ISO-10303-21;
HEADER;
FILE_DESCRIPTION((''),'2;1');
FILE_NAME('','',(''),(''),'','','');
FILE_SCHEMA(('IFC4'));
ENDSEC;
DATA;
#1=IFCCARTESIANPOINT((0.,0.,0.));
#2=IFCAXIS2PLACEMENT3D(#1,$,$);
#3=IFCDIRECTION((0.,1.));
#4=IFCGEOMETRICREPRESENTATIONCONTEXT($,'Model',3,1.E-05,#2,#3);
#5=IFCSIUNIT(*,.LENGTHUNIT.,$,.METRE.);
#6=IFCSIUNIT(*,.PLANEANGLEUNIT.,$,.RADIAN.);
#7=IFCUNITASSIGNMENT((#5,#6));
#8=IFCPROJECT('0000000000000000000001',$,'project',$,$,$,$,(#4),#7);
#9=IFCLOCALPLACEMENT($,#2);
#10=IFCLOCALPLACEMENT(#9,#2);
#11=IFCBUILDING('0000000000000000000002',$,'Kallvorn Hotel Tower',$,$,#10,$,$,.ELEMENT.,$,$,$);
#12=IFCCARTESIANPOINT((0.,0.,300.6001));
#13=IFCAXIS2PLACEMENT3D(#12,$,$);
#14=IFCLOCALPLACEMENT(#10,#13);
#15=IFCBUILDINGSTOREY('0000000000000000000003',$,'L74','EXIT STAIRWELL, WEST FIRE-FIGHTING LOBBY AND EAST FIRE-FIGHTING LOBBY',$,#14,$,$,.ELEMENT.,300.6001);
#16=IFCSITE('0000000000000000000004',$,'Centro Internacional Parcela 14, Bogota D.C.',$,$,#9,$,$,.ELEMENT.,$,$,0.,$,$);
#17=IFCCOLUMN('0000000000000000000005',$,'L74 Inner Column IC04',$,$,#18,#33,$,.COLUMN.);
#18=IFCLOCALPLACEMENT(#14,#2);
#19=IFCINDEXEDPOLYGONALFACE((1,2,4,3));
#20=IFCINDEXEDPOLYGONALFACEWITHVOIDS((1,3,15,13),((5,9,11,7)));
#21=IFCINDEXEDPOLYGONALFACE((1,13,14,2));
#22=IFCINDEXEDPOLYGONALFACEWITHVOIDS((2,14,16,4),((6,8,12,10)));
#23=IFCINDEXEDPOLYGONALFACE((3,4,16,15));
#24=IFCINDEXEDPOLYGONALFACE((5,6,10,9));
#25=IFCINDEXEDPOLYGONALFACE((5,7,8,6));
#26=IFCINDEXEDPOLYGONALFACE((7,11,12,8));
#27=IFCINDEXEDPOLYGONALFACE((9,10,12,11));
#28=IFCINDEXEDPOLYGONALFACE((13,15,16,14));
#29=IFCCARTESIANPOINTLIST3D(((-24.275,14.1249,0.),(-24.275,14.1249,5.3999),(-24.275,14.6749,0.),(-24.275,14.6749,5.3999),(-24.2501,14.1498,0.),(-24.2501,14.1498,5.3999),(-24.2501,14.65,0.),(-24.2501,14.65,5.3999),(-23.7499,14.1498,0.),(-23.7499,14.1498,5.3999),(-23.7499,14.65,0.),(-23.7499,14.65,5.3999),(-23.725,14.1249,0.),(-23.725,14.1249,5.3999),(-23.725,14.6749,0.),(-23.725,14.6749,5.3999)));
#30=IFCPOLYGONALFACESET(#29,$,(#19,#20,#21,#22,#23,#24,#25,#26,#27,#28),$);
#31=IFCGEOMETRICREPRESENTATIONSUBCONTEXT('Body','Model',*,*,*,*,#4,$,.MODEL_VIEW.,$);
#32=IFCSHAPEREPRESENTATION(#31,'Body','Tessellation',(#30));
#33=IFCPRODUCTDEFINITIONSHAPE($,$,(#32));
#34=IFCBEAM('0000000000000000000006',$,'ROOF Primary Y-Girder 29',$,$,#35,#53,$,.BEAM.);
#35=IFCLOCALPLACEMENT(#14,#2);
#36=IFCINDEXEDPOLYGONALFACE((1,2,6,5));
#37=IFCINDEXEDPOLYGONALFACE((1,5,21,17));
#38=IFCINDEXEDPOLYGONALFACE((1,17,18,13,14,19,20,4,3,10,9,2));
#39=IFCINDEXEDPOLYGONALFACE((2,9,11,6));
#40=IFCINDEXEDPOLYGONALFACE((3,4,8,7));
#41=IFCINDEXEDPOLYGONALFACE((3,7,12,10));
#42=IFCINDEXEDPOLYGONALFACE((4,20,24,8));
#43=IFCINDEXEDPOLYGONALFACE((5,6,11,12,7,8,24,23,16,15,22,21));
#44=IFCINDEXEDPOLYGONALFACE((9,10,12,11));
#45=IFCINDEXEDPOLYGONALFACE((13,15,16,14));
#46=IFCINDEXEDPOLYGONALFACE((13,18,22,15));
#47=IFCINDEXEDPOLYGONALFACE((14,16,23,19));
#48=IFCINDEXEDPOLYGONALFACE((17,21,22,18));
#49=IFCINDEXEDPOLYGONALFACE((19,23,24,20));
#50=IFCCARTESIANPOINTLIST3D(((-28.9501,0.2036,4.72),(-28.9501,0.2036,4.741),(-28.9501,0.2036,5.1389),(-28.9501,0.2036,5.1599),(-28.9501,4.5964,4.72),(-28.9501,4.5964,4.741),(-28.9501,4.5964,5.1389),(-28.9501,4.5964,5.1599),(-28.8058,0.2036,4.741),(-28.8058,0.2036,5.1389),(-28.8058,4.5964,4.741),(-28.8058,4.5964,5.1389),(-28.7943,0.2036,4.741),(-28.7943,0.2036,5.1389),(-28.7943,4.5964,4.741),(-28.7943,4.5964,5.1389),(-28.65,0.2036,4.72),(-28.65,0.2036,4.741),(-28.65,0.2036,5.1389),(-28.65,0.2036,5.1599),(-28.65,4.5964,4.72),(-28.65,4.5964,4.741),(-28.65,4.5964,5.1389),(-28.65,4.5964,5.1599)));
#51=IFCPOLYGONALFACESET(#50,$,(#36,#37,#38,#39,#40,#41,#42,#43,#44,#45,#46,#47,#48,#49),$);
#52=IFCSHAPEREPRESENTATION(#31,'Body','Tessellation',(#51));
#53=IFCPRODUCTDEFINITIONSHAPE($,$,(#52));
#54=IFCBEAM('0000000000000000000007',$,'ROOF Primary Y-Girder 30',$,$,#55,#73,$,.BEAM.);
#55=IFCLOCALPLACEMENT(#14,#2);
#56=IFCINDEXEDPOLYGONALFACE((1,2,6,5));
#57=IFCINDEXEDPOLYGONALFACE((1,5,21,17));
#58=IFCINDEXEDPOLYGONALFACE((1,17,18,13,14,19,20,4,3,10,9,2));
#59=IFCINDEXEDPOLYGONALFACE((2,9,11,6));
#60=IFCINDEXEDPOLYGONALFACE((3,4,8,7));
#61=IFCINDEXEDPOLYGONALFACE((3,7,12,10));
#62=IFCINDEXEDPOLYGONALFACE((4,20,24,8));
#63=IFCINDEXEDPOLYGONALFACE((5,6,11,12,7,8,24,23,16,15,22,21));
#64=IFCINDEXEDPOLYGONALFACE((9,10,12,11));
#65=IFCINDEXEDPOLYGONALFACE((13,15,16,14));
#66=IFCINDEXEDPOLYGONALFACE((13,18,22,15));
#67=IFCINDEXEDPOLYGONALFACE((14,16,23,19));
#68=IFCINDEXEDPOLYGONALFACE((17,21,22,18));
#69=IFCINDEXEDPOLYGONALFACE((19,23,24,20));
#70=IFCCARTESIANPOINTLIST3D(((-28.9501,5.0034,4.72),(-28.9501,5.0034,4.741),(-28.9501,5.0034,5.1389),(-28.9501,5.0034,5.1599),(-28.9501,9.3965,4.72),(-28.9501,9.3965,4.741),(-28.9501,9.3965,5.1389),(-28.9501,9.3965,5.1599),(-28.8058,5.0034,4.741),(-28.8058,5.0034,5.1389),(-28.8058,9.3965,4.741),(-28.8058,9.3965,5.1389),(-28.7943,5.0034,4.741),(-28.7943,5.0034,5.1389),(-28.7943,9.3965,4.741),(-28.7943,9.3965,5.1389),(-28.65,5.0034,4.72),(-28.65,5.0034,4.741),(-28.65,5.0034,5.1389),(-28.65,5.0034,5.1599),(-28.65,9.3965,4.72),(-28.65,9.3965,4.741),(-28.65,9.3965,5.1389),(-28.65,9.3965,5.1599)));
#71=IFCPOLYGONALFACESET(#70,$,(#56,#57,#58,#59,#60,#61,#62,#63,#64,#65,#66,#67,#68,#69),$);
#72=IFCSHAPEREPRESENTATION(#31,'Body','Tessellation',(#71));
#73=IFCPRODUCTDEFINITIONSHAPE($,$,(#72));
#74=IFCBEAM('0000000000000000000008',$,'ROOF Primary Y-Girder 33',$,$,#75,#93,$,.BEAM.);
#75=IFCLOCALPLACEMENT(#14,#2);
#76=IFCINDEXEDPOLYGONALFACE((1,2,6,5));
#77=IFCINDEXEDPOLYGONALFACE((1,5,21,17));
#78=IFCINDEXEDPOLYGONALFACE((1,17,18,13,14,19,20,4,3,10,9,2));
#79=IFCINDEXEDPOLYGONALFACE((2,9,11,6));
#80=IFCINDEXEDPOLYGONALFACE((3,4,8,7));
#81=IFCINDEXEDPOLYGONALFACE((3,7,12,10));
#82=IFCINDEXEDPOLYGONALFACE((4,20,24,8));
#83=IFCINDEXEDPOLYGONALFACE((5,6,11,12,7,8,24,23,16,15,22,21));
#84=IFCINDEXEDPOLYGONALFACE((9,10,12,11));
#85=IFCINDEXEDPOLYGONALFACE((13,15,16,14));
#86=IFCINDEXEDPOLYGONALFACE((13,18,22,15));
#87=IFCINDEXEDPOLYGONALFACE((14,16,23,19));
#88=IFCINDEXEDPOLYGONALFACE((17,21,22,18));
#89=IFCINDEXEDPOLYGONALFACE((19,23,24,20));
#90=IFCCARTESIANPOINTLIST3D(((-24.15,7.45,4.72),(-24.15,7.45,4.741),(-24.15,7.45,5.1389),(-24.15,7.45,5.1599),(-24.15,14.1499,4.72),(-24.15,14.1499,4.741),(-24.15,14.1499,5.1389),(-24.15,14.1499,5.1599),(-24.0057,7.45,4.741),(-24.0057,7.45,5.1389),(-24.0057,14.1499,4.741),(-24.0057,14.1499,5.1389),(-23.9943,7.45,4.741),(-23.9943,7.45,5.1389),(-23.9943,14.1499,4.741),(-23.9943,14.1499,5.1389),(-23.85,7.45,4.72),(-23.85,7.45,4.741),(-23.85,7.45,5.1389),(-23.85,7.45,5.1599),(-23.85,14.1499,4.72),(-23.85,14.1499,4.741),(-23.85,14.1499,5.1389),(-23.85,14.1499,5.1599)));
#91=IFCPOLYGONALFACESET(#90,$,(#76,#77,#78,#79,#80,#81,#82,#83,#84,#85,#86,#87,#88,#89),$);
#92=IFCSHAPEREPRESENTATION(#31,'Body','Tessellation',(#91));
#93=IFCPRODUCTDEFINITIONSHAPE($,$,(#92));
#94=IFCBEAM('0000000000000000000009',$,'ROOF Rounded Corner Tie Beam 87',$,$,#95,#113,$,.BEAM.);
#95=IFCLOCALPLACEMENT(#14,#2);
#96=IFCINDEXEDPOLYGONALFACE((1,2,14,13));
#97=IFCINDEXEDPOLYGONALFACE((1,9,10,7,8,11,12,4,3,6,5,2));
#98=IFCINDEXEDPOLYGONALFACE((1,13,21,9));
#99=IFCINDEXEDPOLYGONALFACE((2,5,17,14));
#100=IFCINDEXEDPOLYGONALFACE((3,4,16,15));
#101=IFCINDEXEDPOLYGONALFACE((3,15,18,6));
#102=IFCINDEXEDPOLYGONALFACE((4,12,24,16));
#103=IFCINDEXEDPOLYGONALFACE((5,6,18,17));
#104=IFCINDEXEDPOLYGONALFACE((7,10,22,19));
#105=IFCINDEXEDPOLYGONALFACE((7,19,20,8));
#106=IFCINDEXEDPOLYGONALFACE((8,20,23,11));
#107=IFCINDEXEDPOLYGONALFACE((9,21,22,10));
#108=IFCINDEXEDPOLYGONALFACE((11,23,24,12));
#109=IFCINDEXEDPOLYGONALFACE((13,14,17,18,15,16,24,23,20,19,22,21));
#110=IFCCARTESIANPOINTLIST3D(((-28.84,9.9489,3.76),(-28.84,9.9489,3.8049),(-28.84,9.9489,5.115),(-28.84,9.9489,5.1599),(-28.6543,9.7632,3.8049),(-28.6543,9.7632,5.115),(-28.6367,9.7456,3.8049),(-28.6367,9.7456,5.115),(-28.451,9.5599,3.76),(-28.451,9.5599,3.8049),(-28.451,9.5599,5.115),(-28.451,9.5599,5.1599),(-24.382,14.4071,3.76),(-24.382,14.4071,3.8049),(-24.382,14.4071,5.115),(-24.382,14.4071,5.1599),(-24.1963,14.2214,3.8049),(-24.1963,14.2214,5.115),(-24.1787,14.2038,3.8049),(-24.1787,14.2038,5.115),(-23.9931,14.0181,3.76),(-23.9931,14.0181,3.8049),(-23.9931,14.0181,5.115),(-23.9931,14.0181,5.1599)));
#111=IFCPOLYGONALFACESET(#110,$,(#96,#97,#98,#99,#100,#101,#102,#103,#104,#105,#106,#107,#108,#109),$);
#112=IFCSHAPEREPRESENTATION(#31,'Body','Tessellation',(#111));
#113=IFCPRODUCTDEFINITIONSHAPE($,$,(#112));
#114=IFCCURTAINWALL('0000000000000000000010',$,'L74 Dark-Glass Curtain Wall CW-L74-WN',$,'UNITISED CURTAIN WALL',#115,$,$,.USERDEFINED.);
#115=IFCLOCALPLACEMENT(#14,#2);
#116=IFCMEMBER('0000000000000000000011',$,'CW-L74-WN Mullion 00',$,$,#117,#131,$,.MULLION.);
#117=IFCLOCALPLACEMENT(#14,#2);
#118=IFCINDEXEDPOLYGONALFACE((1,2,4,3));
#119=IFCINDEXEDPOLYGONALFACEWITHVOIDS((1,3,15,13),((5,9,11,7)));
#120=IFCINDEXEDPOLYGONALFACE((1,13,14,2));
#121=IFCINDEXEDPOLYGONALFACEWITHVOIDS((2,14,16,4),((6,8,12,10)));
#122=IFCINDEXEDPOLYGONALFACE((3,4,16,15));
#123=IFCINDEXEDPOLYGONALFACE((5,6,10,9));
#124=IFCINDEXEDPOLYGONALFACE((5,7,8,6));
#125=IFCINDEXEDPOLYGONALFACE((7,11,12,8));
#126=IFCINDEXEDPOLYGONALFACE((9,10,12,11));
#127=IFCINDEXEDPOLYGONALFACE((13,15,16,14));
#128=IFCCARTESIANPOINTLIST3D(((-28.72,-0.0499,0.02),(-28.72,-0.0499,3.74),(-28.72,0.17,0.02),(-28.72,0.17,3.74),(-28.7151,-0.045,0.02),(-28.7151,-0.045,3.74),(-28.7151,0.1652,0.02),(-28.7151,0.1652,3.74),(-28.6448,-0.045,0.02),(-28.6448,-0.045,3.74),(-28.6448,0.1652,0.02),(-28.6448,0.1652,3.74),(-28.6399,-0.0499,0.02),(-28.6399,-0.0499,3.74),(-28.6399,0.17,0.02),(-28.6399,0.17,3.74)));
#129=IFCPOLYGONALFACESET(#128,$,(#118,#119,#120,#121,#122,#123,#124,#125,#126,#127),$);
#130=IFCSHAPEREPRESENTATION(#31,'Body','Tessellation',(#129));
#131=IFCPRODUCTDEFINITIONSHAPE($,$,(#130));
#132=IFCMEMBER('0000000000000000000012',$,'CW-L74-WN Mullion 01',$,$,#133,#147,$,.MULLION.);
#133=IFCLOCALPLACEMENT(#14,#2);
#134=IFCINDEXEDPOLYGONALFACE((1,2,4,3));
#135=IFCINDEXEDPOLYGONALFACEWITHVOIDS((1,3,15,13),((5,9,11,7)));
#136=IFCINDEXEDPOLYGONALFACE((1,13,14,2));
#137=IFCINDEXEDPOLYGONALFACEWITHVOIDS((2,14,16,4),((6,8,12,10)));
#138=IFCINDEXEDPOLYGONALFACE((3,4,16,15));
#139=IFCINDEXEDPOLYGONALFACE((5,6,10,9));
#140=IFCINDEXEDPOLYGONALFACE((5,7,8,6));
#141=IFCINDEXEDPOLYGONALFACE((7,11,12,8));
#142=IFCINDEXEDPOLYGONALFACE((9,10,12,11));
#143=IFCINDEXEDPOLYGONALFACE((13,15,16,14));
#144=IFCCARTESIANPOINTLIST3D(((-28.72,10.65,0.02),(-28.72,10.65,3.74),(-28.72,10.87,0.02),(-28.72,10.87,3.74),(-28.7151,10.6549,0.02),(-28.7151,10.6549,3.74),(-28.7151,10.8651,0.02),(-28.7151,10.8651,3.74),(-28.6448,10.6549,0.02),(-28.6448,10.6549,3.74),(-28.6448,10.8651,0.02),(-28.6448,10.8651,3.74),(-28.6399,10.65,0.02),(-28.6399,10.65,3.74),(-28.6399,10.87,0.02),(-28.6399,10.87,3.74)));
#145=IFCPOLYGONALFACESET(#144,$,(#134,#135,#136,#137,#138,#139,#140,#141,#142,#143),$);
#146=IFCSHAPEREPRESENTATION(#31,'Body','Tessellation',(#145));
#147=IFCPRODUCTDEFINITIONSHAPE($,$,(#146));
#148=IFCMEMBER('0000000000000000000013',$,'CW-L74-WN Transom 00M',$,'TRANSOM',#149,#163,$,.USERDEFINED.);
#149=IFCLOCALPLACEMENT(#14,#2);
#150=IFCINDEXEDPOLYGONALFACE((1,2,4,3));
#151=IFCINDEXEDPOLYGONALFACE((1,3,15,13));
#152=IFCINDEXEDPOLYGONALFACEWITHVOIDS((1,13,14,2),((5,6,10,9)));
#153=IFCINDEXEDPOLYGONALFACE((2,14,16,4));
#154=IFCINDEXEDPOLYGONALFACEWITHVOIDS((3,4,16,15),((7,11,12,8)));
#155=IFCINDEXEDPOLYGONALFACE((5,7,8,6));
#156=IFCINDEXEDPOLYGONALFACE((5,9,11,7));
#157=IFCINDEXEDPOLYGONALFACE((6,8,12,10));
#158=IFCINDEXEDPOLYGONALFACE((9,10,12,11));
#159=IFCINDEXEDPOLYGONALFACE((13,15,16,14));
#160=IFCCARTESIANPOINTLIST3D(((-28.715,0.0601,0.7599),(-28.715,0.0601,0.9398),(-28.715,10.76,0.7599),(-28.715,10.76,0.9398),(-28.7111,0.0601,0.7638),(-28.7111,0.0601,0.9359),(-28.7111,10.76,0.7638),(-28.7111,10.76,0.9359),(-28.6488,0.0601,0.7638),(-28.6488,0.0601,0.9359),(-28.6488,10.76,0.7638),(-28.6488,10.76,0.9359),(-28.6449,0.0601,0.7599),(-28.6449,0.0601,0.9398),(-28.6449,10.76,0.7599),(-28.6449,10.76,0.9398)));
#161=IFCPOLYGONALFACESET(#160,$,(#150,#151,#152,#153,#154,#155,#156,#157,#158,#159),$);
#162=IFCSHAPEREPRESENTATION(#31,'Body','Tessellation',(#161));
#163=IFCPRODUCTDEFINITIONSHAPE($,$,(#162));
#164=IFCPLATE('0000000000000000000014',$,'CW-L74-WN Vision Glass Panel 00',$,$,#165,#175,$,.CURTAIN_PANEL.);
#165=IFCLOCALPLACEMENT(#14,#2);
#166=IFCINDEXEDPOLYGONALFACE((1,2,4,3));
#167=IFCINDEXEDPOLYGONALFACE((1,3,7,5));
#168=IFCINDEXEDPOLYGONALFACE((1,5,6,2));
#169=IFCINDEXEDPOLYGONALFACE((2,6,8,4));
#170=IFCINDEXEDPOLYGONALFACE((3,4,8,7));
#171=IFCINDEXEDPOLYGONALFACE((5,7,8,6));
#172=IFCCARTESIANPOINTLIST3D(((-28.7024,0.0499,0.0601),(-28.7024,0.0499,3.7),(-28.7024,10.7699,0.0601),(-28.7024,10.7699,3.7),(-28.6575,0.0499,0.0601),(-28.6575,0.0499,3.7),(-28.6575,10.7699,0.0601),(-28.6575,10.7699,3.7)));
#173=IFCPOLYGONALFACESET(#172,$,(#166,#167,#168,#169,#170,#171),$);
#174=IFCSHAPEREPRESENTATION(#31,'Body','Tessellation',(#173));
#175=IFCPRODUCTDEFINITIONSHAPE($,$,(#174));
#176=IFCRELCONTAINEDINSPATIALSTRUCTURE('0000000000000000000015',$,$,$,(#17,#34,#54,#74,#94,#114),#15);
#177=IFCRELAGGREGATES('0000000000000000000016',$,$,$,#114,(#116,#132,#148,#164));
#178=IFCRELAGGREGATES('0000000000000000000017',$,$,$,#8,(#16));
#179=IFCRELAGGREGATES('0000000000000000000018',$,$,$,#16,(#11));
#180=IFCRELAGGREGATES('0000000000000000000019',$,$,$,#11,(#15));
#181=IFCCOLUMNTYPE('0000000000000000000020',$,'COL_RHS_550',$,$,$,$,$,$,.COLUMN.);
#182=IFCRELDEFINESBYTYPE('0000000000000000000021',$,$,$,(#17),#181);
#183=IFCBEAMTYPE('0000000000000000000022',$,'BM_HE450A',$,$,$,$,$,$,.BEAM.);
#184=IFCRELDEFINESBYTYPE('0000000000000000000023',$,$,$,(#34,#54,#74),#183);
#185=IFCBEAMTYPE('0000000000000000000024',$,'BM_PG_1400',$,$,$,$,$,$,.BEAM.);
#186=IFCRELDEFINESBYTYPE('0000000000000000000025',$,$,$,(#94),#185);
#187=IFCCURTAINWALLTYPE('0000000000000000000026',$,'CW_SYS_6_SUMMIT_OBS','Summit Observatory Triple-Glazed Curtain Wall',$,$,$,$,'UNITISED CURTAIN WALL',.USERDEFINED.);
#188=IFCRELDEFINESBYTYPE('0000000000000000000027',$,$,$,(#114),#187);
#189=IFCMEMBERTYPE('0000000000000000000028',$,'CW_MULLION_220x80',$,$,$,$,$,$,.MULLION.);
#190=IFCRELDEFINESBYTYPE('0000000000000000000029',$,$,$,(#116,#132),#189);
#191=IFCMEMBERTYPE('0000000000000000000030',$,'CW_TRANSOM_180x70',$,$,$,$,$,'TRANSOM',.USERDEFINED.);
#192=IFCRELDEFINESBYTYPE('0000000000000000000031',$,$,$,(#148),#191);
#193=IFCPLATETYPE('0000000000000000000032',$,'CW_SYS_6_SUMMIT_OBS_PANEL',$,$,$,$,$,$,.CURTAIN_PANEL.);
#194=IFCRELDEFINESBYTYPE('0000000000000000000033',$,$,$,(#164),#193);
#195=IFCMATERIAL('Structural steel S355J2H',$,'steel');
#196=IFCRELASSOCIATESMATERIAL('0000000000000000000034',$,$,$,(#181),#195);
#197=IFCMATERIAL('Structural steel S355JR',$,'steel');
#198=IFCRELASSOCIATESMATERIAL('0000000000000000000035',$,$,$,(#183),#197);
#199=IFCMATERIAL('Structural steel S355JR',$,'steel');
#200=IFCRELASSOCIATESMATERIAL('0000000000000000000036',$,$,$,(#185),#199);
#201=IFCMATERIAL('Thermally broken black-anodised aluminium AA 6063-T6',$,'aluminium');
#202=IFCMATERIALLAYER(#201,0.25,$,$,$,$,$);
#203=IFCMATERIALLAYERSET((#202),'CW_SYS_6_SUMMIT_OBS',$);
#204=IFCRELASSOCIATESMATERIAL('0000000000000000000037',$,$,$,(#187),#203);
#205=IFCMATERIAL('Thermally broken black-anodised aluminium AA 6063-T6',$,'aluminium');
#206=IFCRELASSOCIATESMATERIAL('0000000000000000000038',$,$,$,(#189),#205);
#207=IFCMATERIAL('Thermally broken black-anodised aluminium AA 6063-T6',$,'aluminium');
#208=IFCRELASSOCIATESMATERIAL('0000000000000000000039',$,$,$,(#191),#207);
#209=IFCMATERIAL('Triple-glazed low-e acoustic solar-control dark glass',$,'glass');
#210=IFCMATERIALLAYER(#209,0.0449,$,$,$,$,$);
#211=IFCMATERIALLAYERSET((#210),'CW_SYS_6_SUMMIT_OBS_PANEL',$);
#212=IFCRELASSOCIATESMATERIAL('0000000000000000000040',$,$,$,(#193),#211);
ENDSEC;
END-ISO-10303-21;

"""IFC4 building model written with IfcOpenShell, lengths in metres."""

from ifc_helpers import new_model, si_unit, direction, frame, origin, origin_2d, place, context, subcontext, project, spatial, rectangle, hollow_rectangle, i_section, extrude, material, layer, layer_set, material_profile, profile_set, type_object, element, aggregate, save


model = new_model("IFC4")

# Units and contexts
model_context = context("Model", 3, precision=1e-05, world=origin(), true_north=direction((0.0, 1.0)))
body_context = subcontext(model_context, "Body", "Model", "MODEL_VIEW")
ifc_project = project(units=[si_unit("LENGTHUNIT", "METRE"), si_unit("PLANEANGLEUNIT", "RADIAN")], contexts=[model_context])

# Site, building, storey
site_placement = place(None, origin())
site = spatial("IfcSite", under=ifc_project, at=site_placement, Name="Centro Internacional Parcela 14, Bogota D.C.", CompositionType="ELEMENT", RefElevation=0.0)
building_placement = place(site_placement, origin())
building = spatial("IfcBuilding", under=site, at=building_placement, Name="Kallvorn Hotel Tower", CompositionType="ELEMENT")
storey_placement = place(building_placement, frame((0.0, 0.0, 300.6001)))
storey = spatial("IfcBuildingStorey", under=building, at=storey_placement, Name="L74", Description="EXIT STAIRWELL, WEST FIRE-FIGHTING LOBBY AND EAST FIRE-FIGHTING LOBBY", CompositionType="ELEMENT", Elevation=300.6001)

# Column
ifc_material_1 = material(Name="Structural steel S355J2H", Category="steel")
ifc_material_profile_1 = material_profile(ifc_material_1, hollow_rectangle(XDim=0.55, YDim=0.55, WallThickness=0.0249, at=origin_2d()), Name="RHS 550x550x25")
ifc_profile_set_1 = profile_set([ifc_material_profile_1], Name="Structural steel S355J2H")
column_type_1 = type_object("IfcColumnType", Name="COL_RHS_550", PredefinedType="COLUMN", material=ifc_profile_set_1)
for number, where, z_axis, x_axis, name in (
    (1, (-24.0, 14.3999, 0.0), (0.0, 0.0, 1.0), (1.0, 0.0, 0.0), "L74 Inner Column IC04"),
):
    element("IfcColumn", number, at=place(storey_placement, frame(where, z_axis=z_axis, x_axis=x_axis)), inside=storey, type_object=column_type_1, Name=name, PredefinedType="COLUMN", context=body_context, shape_type="SweptSolid", body=[
        extrude(hollow_rectangle(XDim=0.55, YDim=0.55, WallThickness=0.0249, at=origin_2d()), origin(), (0.0, 0.0, 1.0), 5.3999),
    ])

# Beams
ifc_material_2 = material(Name="Structural steel S355JR", Category="steel")
ifc_material_profile_2 = material_profile(ifc_material_2, i_section(OverallWidth=0.3, OverallDepth=0.4399, WebThickness=0.0115, FlangeThickness=0.021, at=origin_2d()), Name="HE 450 A")
ifc_profile_set_2 = profile_set([ifc_material_profile_2], Name="Structural steel S355JR")
beam_type_1 = type_object("IfcBeamType", Name="BM_HE450A", PredefinedType="BEAM", material=ifc_profile_set_2)
beam_1_placement = place(storey_placement, frame((-28.8, 0.2036, 4.9399), z_axis=(0.0, 1.0, 0.0), x_axis=(-1.0, 0.0, 0.0)))
element("IfcBeam", 2, at=beam_1_placement, inside=storey, type_object=beam_type_1, Name="ROOF Primary Y-Girder 29", PredefinedType="BEAM", context=body_context, shape_type="SweptSolid", body=[
    extrude(i_section(OverallWidth=0.3, OverallDepth=0.4399, WebThickness=0.0115, FlangeThickness=0.021, at=origin_2d()), origin(), (0.0, 0.0, 1.0), 4.3928),
])
beam_2_placement = place(storey_placement, frame((-28.8, 5.0034, 4.9399), z_axis=(0.0, 1.0, 0.0), x_axis=(-1.0, 0.0, 0.0)))
element("IfcBeam", 3, at=beam_2_placement, inside=storey, type_object=beam_type_1, Name="ROOF Primary Y-Girder 30", PredefinedType="BEAM", context=body_context, shape_type="SweptSolid", body=[
    extrude(i_section(OverallWidth=0.3, OverallDepth=0.4399, WebThickness=0.0115, FlangeThickness=0.021, at=origin_2d()), origin(), (0.0, 0.0, 1.0), 4.3931),
])
beam_3_placement = place(storey_placement, frame((-24.0, 7.45, 4.9399), z_axis=(0.0, 1.0, 0.0), x_axis=(-1.0, 0.0, 0.0)))
element("IfcBeam", 4, at=beam_3_placement, inside=storey, type_object=beam_type_1, Name="ROOF Primary Y-Girder 33", PredefinedType="BEAM", context=body_context, shape_type="SweptSolid", body=[
    extrude(i_section(OverallWidth=0.3, OverallDepth=0.4399, WebThickness=0.0115, FlangeThickness=0.021, at=origin_2d()), origin(), (0.0, 0.0, 1.0), 6.7),
])
ifc_material_3 = material(Name="Structural steel S355JR", Category="steel")
ifc_material_profile_3 = material_profile(ifc_material_3, i_section(OverallWidth=0.55, OverallDepth=1.3999, WebThickness=0.0249, FlangeThickness=0.0449, at=origin_2d()), Name="PG 1400x550x25x45")
ifc_profile_set_3 = profile_set([ifc_material_profile_3], Name="Structural steel S355JR")
beam_type_2 = type_object("IfcBeamType", Name="BM_PG_1400", PredefinedType="BEAM", material=ifc_profile_set_3)
beam_4_placement = place(storey_placement, frame((-28.6455, 9.7544, 4.46), z_axis=(0.707087, 0.707126, 0.0), x_axis=(-0.707126, 0.707087, 0.0)))
element("IfcBeam", 5, at=beam_4_placement, inside=storey, type_object=beam_type_2, Name="ROOF Rounded Corner Tie Beam 87", PredefinedType="BEAM", context=body_context, shape_type="SweptSolid", body=[
    extrude(i_section(OverallWidth=0.55, OverallDepth=1.3999, WebThickness=0.0249, FlangeThickness=0.0449, at=origin_2d()), origin(), (0.0, 0.0, 1.0), 6.3047),
])

# Curtain wall, members, plate
ifc_material_4 = material(Name="Thermally broken black-anodised aluminium AA 6063-T6", Category="aluminium")
ifc_layer_1 = layer(ifc_material_4, 0.25)
ifc_layer_set_1 = layer_set([ifc_layer_1], Name="CW_SYS_6_SUMMIT_OBS")
curtain_wall_type = type_object("IfcCurtainWallType", Name="CW_SYS_6_SUMMIT_OBS", Description="Summit Observatory Triple-Glazed Curtain Wall", ElementType="UNITISED CURTAIN WALL", PredefinedType="USERDEFINED", material=ifc_layer_set_1)
curtain_wall_placement = place(storey_placement, origin())
curtain_wall = element("IfcCurtainWall", 6, at=curtain_wall_placement, inside=storey, type_object=curtain_wall_type, Name="L74 Dark-Glass Curtain Wall CW-L74-WN", ObjectType="UNITISED CURTAIN WALL", PredefinedType="USERDEFINED")
ifc_material_5 = material(Name="Thermally broken black-anodised aluminium AA 6063-T6", Category="aluminium")
ifc_material_profile_4 = material_profile(ifc_material_5, hollow_rectangle(XDim=0.0801, YDim=0.22, WallThickness=0.0049, at=origin_2d()), Name="MUL 220x80")
ifc_profile_set_4 = profile_set([ifc_material_profile_4], Name="Thermally broken black-anodised aluminium AA 6063-T6")
member_type_1 = type_object("IfcMemberType", Name="CW_MULLION_220x80", PredefinedType="MULLION", material=ifc_profile_set_4)
member_1_placement = place(storey_placement, frame((-28.6799, 0.0601, 0.02), z_axis=(0.0, 0.0, 1.0), x_axis=(1.0, 0.0, 0.0)))
member_1 = element("IfcMember", 7, at=member_1_placement, type_object=member_type_1, Name="CW-L74-WN Mullion 00", PredefinedType="MULLION", context=body_context, shape_type="SweptSolid", body=[
    extrude(hollow_rectangle(XDim=0.0801, YDim=0.22, WallThickness=0.0049, at=origin_2d()), origin(), (0.0, 0.0, 1.0), 3.72),
])
member_2_placement = place(storey_placement, frame((-28.6799, 10.76, 0.02), z_axis=(0.0, 0.0, 1.0), x_axis=(1.0, 0.0, 0.0)))
member_2 = element("IfcMember", 8, at=member_2_placement, type_object=member_type_1, Name="CW-L74-WN Mullion 01", PredefinedType="MULLION", context=body_context, shape_type="SweptSolid", body=[
    extrude(hollow_rectangle(XDim=0.0801, YDim=0.22, WallThickness=0.0049, at=origin_2d()), origin(), (0.0, 0.0, 1.0), 3.72),
])
ifc_material_6 = material(Name="Thermally broken black-anodised aluminium AA 6063-T6", Category="aluminium")
ifc_material_profile_5 = material_profile(ifc_material_6, hollow_rectangle(XDim=0.0701, YDim=0.1799, WallThickness=0.0039, at=origin_2d()), Name="TRN 180x70")
ifc_profile_set_5 = profile_set([ifc_material_profile_5], Name="Thermally broken black-anodised aluminium AA 6063-T6")
member_type_2 = type_object("IfcMemberType", Name="CW_TRANSOM_180x70", ElementType="TRANSOM", PredefinedType="USERDEFINED", material=ifc_profile_set_5)
member_3_placement = place(storey_placement, frame((-28.6799, 0.0601, 0.8499), z_axis=(0.0, 1.0, 0.0), x_axis=(-1.0, 0.0, 0.0)))
member_3 = element("IfcMember", 9, at=member_3_placement, type_object=member_type_2, Name="CW-L74-WN Transom 00M", ObjectType="TRANSOM", PredefinedType="USERDEFINED", context=body_context, shape_type="SweptSolid", body=[
    extrude(hollow_rectangle(XDim=0.0701, YDim=0.1799, WallThickness=0.0039, at=origin_2d()), origin(), (0.0, 0.0, 1.0), 10.7),
])
ifc_material_7 = material(Name="Triple-glazed low-e acoustic solar-control dark glass", Category="glass")
ifc_layer_2 = layer(ifc_material_7, 0.0449)
ifc_layer_set_2 = layer_set([ifc_layer_2], Name="CW_SYS_6_SUMMIT_OBS_PANEL")
plate_type = type_object("IfcPlateType", Name="CW_SYS_6_SUMMIT_OBS_PANEL", PredefinedType="CURTAIN_PANEL", material=ifc_layer_set_2)
plate_placement = place(storey_placement, frame((-28.6799, 5.4099, 0.0601), z_axis=(0.0, 0.0, 1.0), x_axis=(0.0, 1.0, 0.0)))
plate = element("IfcPlate", 10, at=plate_placement, type_object=plate_type, Name="CW-L74-WN Vision Glass Panel 00", PredefinedType="CURTAIN_PANEL", context=body_context, shape_type="SweptSolid", body=[
    extrude(rectangle(XDim=10.72, YDim=0.0449, at=origin_2d()), origin(), (0.0, 0.0, 1.0), 3.6399),
])
aggregate(curtain_wall, [member_1, member_2, member_3, plate])

save(model, "model.ifc")
